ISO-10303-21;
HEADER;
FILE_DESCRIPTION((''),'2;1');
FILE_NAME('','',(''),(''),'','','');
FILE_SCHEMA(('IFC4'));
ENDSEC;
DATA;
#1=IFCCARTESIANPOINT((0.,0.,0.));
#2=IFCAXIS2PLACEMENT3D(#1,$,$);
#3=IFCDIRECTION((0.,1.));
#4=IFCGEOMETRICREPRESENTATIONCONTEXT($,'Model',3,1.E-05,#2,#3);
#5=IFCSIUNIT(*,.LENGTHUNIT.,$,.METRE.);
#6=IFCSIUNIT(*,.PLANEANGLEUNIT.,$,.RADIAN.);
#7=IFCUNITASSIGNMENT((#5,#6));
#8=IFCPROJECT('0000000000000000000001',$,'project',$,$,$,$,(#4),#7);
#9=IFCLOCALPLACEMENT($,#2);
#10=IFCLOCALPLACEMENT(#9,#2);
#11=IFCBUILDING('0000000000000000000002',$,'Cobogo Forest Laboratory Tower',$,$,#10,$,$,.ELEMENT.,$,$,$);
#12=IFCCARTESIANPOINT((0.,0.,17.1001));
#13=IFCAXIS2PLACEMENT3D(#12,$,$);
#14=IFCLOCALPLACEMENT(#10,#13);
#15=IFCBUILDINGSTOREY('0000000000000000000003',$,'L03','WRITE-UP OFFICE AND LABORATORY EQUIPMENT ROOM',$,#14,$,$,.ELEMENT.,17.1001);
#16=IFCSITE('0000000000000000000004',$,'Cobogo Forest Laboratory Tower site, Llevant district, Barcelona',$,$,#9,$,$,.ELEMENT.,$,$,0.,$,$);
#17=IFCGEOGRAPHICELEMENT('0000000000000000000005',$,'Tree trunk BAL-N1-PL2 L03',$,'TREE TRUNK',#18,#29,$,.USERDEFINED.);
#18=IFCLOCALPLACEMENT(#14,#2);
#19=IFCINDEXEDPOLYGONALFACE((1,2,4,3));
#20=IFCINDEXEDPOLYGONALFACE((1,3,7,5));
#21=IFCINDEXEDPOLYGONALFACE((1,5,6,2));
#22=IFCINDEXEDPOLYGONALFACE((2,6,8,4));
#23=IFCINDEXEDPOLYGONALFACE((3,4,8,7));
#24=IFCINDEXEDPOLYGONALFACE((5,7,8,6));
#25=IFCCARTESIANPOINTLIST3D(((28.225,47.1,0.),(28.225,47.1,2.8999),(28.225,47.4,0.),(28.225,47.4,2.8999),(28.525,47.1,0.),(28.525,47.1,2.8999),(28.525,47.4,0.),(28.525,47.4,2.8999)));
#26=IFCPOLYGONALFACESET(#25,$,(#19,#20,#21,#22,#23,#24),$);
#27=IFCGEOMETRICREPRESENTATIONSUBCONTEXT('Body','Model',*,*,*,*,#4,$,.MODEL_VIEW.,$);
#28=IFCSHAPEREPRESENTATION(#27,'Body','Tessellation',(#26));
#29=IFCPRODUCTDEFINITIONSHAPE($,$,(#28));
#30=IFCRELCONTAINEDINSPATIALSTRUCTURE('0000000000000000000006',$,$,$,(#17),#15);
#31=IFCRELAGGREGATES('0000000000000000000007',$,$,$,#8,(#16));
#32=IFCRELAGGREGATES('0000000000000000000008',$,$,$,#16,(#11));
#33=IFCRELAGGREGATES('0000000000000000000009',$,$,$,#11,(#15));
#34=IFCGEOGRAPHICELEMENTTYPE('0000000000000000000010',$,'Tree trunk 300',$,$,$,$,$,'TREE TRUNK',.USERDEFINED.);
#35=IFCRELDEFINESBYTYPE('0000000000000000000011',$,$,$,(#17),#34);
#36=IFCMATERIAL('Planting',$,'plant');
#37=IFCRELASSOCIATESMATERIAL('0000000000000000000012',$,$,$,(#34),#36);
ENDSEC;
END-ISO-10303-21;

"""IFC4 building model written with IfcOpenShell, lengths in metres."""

from ifc_helpers import new_model, si_unit, direction, frame, origin, origin_2d, place, context, subcontext, project, spatial, rectangle, extrude, material, type_object, element, save


model = new_model("IFC4")

# Units and contexts
model_context = context("Model", 3, precision=1e-05, world=origin(), true_north=direction((0.0, 1.0)))
body_context = subcontext(model_context, "Body", "Model", "MODEL_VIEW")
ifc_project = project(units=[si_unit("LENGTHUNIT", "METRE"), si_unit("PLANEANGLEUNIT", "RADIAN")], contexts=[model_context])

# Site, building, storey
site_placement = place(None, origin())
site = spatial("IfcSite", under=ifc_project, at=site_placement, Name="Cobogo Forest Laboratory Tower site, Llevant district, Barcelona", CompositionType="ELEMENT", RefElevation=0.0)
building_placement = place(site_placement, origin())
building = spatial("IfcBuilding", under=site, at=building_placement, Name="Cobogo Forest Laboratory Tower", CompositionType="ELEMENT")
storey_placement = place(building_placement, frame((0.0, 0.0, 17.1001)))
storey = spatial("IfcBuildingStorey", under=building, at=storey_placement, Name="L03", Description="WRITE-UP OFFICE AND LABORATORY EQUIPMENT ROOM", CompositionType="ELEMENT", Elevation=17.1001)

# Geographic element
ifc_material_1 = material(Name="Planting", Category="plant")
geographic_element_type = type_object("IfcGeographicElementType", Name="Tree trunk 300", ElementType="TREE TRUNK", PredefinedType="USERDEFINED", material=ifc_material_1)
for number, where, z_axis, x_axis, name in (
    (1, (28.375, 47.25, 0.0), (0.0, 0.0, 1.0), (1.0, 0.0, 0.0), "Tree trunk BAL-N1-PL2 L03"),
):
    element("IfcGeographicElement", number, at=place(storey_placement, frame(where, z_axis=z_axis, x_axis=x_axis)), inside=storey, type_object=geographic_element_type, Name=name, ObjectType="TREE TRUNK", PredefinedType="USERDEFINED", context=body_context, shape_type="SweptSolid", body=[
        extrude(rectangle(XDim=0.3, YDim=0.3, at=origin_2d()), origin(), (0.0, 0.0, 1.0), 2.8999),
    ])

save(model, "model.ifc")
